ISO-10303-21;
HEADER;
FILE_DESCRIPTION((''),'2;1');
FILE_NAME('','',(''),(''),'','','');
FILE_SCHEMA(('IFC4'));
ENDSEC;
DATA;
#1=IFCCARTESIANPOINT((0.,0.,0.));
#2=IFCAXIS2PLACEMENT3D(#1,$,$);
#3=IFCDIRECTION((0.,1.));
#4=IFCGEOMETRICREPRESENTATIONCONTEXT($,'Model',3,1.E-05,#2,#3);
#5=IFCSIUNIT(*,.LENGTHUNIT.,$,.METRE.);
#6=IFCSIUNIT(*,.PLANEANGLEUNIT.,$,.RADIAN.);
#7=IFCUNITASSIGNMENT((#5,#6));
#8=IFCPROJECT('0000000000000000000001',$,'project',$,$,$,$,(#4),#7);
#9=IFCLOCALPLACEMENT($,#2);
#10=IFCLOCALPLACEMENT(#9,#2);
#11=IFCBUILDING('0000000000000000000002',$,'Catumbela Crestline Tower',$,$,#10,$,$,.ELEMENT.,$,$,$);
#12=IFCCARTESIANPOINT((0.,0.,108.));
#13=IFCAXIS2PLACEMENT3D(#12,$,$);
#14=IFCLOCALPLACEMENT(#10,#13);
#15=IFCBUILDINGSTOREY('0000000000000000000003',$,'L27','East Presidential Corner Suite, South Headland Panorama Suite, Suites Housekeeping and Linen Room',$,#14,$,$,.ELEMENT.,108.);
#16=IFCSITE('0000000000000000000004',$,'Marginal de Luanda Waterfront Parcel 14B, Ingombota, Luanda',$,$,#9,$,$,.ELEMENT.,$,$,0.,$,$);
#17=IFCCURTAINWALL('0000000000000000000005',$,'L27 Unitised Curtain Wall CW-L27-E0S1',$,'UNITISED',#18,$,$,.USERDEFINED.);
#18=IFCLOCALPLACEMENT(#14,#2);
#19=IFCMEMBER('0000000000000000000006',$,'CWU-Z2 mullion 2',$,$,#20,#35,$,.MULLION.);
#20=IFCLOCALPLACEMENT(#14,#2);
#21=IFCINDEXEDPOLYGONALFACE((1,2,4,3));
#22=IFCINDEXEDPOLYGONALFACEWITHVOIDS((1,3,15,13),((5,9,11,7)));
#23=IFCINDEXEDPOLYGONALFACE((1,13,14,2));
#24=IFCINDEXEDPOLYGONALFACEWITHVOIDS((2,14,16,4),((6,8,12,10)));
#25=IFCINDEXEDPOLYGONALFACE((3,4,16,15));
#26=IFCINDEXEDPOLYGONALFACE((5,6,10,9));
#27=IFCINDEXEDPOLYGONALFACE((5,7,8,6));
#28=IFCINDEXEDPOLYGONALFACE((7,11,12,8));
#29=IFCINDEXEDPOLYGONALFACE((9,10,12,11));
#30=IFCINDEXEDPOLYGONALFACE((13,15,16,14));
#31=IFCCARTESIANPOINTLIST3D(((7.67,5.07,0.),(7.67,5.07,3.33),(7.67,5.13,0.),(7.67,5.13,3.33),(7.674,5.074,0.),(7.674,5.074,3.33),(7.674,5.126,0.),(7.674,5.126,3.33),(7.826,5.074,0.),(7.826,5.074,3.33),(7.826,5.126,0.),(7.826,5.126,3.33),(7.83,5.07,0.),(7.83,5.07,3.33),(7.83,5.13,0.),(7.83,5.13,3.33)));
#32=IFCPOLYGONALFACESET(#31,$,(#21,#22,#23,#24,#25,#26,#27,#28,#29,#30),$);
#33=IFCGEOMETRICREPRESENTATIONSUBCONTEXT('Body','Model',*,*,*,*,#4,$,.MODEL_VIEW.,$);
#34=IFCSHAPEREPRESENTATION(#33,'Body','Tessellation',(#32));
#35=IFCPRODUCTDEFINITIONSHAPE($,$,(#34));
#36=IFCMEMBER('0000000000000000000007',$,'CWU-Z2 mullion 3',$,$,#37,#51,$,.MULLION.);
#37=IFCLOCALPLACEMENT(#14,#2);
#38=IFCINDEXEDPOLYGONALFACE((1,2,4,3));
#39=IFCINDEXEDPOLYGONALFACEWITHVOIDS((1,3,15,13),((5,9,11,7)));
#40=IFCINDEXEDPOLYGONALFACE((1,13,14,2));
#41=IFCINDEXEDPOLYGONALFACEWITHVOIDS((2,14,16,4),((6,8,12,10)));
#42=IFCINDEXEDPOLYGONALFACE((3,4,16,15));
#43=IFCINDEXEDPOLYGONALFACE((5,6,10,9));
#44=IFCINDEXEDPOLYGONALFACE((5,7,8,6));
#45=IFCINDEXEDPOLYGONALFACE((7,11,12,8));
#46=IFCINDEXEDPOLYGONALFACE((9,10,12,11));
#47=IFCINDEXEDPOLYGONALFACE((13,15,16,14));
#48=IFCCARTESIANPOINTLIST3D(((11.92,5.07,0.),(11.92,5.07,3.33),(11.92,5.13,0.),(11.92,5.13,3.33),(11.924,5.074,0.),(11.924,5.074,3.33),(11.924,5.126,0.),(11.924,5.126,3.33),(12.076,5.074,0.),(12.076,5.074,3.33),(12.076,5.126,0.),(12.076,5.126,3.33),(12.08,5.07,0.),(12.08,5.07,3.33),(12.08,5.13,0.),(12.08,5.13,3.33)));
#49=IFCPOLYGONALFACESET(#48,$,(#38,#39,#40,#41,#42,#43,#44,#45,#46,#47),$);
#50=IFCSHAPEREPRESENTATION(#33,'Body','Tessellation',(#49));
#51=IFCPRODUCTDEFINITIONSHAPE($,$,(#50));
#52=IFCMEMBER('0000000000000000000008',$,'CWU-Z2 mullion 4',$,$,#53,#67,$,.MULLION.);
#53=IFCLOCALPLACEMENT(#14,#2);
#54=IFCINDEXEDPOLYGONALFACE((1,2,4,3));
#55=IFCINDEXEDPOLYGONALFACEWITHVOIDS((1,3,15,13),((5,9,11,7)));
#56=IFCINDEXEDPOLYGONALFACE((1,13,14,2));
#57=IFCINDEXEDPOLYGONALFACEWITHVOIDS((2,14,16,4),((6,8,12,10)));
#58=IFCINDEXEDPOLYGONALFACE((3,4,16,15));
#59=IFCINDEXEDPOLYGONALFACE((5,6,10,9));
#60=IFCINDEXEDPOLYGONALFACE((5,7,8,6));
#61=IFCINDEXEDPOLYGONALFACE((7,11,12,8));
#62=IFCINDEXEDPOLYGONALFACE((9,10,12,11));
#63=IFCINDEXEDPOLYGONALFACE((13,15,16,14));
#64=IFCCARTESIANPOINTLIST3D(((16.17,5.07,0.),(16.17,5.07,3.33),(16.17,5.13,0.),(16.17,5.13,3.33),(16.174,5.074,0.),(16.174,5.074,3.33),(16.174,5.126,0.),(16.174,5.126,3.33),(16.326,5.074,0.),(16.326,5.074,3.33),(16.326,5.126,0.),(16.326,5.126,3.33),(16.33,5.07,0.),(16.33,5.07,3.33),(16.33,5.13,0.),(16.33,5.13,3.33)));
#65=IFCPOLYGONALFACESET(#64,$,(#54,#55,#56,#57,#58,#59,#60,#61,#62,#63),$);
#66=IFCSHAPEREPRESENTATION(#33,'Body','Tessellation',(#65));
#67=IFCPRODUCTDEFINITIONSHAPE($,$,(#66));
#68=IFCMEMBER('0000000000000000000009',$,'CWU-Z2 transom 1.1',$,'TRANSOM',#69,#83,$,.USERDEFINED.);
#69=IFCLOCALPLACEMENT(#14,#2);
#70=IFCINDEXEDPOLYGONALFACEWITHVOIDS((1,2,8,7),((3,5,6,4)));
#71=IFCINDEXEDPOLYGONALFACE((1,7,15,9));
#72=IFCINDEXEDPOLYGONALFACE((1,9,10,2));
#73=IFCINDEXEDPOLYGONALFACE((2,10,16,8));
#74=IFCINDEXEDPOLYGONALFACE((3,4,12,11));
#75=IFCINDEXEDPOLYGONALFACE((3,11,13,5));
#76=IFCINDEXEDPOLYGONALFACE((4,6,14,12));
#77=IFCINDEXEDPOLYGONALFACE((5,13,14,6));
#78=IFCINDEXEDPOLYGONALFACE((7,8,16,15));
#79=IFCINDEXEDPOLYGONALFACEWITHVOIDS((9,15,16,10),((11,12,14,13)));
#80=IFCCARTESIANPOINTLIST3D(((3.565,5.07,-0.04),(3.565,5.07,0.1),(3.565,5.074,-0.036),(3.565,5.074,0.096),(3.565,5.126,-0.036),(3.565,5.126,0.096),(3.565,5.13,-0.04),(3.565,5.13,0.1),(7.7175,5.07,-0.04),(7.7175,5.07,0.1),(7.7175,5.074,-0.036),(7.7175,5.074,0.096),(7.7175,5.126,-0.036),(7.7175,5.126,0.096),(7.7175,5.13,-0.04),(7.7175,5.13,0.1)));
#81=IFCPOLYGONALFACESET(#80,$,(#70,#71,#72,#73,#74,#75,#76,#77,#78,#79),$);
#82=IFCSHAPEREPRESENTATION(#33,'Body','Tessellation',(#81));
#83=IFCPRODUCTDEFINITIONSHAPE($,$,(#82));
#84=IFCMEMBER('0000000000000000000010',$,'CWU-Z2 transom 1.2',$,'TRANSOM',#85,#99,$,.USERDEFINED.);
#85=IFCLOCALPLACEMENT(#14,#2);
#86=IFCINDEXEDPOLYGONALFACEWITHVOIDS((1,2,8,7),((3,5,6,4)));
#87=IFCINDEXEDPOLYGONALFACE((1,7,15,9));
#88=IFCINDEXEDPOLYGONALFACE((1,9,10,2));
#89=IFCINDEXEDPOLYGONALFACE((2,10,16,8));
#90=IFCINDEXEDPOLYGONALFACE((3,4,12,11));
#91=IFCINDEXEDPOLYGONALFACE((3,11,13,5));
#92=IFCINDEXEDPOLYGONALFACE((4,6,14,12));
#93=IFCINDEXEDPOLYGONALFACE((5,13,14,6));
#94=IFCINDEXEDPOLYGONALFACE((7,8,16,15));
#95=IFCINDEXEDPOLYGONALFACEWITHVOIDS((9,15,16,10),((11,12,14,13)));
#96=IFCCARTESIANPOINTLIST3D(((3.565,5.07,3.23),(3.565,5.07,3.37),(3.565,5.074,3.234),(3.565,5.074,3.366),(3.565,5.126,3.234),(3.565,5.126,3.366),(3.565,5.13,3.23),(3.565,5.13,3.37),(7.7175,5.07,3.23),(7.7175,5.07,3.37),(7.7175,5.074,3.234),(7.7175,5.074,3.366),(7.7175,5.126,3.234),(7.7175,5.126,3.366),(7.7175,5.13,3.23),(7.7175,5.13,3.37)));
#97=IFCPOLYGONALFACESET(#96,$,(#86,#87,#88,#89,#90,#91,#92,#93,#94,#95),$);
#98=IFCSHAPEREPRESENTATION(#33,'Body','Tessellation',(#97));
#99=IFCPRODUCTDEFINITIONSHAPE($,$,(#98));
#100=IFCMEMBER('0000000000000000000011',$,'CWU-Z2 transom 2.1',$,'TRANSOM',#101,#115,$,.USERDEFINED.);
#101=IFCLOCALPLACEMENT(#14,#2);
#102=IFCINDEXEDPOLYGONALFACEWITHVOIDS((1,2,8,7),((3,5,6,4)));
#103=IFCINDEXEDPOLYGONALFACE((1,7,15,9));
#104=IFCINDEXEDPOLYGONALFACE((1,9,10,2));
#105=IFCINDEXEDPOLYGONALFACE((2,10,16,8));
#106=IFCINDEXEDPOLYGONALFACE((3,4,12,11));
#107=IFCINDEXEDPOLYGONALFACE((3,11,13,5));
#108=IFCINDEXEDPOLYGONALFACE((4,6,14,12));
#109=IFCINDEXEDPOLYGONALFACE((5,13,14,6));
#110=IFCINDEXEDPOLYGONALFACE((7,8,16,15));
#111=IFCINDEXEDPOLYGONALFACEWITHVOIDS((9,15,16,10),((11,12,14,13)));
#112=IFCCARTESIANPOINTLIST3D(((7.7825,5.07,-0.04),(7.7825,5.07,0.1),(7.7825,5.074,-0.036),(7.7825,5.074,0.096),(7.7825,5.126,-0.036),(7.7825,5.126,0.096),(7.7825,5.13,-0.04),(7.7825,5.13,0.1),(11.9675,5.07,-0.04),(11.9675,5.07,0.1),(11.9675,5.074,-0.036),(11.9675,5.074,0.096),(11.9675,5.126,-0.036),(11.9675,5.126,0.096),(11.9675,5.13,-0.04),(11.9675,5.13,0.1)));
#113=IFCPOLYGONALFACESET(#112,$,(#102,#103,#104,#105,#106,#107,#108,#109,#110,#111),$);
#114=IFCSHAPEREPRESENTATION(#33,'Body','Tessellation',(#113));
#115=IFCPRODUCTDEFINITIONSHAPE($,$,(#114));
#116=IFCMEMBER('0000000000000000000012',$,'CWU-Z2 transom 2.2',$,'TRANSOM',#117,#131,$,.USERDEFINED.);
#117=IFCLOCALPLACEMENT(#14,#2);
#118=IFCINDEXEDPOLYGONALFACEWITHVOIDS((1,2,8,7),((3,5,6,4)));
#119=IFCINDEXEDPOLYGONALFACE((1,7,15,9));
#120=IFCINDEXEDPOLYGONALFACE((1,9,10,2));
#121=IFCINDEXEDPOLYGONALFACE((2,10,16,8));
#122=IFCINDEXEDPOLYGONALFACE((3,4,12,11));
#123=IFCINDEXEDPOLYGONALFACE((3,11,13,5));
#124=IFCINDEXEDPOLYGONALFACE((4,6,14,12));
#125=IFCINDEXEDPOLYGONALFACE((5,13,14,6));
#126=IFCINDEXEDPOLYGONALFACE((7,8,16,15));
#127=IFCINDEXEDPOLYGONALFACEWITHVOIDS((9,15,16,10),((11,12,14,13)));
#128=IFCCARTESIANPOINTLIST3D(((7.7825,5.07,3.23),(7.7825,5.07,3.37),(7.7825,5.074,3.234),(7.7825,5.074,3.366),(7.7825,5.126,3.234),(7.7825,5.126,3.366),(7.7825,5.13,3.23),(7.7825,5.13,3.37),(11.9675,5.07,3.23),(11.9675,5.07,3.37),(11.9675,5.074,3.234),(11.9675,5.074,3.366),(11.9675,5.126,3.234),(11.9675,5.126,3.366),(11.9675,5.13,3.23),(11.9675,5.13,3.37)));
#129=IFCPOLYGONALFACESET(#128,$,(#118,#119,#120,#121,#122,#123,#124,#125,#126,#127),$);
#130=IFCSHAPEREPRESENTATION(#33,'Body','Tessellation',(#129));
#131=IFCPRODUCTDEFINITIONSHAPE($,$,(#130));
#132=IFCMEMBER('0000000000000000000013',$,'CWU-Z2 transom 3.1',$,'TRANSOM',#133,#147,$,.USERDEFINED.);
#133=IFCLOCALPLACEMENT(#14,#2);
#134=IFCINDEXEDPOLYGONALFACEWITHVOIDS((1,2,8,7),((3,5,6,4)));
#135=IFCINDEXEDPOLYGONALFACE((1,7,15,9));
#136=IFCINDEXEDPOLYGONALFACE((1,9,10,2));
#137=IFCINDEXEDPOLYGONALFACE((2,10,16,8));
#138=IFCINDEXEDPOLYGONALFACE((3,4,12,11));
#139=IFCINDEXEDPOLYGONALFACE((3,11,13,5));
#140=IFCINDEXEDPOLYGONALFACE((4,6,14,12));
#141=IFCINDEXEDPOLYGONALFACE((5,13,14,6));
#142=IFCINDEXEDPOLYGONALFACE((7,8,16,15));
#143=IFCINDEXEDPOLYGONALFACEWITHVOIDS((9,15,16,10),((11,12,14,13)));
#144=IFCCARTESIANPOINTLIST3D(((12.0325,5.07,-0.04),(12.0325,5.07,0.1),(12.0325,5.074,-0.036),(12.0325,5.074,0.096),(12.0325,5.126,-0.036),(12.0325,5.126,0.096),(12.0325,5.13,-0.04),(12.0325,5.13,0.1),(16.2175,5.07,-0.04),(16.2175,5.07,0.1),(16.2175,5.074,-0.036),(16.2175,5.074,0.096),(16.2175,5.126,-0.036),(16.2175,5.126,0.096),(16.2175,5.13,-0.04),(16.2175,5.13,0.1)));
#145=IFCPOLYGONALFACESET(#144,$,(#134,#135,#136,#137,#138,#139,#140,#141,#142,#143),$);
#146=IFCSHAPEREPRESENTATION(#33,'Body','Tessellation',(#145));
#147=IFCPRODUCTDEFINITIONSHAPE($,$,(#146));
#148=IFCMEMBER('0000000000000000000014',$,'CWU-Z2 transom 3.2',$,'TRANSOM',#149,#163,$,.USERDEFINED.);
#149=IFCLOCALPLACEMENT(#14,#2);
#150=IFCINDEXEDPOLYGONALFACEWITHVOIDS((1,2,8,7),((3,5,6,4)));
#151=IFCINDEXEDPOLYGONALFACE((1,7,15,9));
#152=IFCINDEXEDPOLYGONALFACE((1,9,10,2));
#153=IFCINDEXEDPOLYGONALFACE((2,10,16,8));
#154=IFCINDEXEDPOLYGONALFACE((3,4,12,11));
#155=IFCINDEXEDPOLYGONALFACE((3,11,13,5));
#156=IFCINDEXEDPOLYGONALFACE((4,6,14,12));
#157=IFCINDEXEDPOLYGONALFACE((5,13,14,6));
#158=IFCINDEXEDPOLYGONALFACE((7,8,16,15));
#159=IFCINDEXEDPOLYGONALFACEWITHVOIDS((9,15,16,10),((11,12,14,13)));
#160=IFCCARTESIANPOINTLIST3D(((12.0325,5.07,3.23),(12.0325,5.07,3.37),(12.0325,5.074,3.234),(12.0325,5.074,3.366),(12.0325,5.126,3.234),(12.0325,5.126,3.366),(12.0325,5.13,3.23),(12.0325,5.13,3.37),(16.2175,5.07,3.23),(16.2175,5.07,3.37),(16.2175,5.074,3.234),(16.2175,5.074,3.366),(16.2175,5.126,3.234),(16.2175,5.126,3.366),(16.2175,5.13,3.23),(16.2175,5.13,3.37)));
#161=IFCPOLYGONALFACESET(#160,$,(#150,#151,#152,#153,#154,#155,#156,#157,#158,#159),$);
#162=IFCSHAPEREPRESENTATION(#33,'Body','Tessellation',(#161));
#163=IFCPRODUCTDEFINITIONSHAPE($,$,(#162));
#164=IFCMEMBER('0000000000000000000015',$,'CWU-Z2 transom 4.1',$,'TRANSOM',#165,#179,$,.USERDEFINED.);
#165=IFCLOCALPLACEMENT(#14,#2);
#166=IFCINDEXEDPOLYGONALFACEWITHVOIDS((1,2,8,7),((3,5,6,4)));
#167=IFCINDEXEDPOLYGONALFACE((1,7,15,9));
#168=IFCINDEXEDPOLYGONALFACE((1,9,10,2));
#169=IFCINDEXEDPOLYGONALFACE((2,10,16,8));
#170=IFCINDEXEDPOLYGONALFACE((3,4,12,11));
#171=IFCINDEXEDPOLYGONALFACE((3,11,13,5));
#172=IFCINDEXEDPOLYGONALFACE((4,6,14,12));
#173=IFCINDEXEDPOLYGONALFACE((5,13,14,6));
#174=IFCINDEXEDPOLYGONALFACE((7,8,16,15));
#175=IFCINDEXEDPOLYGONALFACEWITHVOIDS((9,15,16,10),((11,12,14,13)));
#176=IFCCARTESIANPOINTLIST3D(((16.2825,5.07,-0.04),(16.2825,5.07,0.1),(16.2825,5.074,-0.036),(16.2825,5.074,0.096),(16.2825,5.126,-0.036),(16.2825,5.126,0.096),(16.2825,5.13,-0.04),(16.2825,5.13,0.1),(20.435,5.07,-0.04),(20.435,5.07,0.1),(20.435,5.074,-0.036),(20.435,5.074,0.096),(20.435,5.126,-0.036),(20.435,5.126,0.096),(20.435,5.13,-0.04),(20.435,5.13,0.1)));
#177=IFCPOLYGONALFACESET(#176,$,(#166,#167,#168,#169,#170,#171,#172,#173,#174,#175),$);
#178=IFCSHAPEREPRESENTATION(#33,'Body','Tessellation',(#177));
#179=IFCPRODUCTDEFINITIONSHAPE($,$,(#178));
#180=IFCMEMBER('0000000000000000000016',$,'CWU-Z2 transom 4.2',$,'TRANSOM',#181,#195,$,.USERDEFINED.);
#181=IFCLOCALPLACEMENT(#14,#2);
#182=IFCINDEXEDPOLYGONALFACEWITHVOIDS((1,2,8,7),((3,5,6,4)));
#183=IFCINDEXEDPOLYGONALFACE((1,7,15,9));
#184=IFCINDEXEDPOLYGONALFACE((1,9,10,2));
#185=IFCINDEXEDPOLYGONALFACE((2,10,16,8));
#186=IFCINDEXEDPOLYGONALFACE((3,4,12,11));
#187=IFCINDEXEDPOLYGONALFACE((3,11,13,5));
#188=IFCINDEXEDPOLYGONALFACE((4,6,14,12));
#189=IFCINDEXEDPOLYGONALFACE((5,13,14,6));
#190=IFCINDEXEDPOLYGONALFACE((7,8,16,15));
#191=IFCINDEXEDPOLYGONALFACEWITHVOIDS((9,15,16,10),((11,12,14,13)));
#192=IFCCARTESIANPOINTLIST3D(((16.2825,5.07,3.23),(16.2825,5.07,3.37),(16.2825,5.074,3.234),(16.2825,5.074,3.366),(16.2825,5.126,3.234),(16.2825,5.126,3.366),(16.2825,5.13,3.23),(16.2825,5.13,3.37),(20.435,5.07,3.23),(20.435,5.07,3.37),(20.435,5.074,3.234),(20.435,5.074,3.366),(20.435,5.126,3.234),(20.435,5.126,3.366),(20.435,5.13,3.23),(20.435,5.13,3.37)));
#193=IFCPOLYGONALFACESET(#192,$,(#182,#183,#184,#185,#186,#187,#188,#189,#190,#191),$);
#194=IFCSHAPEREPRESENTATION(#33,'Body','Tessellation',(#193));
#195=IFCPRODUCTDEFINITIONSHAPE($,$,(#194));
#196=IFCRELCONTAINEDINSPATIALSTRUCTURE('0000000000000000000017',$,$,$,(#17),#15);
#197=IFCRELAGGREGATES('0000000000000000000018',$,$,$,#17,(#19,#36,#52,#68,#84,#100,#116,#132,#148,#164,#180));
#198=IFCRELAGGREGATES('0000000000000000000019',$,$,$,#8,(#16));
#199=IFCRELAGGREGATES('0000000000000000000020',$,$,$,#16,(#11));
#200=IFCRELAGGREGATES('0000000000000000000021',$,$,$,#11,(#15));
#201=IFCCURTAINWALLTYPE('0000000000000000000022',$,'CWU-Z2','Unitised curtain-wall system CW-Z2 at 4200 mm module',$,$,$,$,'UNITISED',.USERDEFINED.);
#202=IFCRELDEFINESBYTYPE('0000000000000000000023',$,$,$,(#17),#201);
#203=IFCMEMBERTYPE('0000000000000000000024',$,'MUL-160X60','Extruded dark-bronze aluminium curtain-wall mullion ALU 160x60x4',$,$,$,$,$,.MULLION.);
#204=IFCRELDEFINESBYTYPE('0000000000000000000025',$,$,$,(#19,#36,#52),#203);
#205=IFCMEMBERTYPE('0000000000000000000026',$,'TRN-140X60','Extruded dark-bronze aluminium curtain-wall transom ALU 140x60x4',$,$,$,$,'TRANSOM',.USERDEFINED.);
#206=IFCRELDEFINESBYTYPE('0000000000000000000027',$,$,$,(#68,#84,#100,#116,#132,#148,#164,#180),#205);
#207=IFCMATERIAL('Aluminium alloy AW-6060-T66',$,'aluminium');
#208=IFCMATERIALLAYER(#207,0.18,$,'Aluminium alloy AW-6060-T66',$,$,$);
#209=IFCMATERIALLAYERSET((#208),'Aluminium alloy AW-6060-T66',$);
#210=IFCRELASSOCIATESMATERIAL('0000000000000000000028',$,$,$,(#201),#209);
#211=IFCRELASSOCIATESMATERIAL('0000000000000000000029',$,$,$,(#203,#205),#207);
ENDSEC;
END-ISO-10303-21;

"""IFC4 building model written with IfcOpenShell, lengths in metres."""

from ifc_helpers import new_model, si_unit, direction, frame, origin, origin_2d, place, context, subcontext, project, spatial, hollow_rectangle, extrude, material, layer, layer_set, material_profile, profile_set, type_object, element, aggregate, save


model = new_model("IFC4")

# Units and contexts
model_context = context("Model", 3, precision=1e-05, world=origin(), true_north=direction((0.0, 1.0)))
body_context = subcontext(model_context, "Body", "Model", "MODEL_VIEW")
ifc_project = project(units=[si_unit("LENGTHUNIT", "METRE"), si_unit("PLANEANGLEUNIT", "RADIAN")], contexts=[model_context])

# Site, building, storey
site_placement = place(None, origin())
site = spatial("IfcSite", under=ifc_project, at=site_placement, Name="Marginal de Luanda Waterfront Parcel 14B, Ingombota, Luanda", CompositionType="ELEMENT", RefElevation=0.0)
building_placement = place(site_placement, origin())
building = spatial("IfcBuilding", under=site, at=building_placement, Name="Catumbela Crestline Tower", CompositionType="ELEMENT")
storey_placement = place(building_placement, frame((0.0, 0.0, 108.0)))
storey = spatial("IfcBuildingStorey", under=building, at=storey_placement, Name="L27", Description="East Presidential Corner Suite, South Headland Panorama Suite, Suites Housekeeping and Linen Room", CompositionType="ELEMENT", Elevation=108.0)

# Curtain wall, members
ifc_material_1 = material(Name="Aluminium alloy AW-6060-T66", Category="aluminium")
ifc_layer_1 = layer(ifc_material_1, 0.18, Name="Aluminium alloy AW-6060-T66")
ifc_layer_set_1 = layer_set([ifc_layer_1], Name="Aluminium alloy AW-6060-T66")
curtain_wall_type = type_object("IfcCurtainWallType", Name="CWU-Z2", Description="Unitised curtain-wall system CW-Z2 at 4200 mm module", ElementType="UNITISED", PredefinedType="USERDEFINED", material=ifc_layer_set_1)
curtain_wall_placement = place(storey_placement, origin())
curtain_wall = element("IfcCurtainWall", 1, at=curtain_wall_placement, inside=storey, type_object=curtain_wall_type, Name="L27 Unitised Curtain Wall CW-L27-E0S1", ObjectType="UNITISED", PredefinedType="USERDEFINED")
ifc_material_profile_1 = material_profile(ifc_material_1, hollow_rectangle(XDim=0.06, YDim=0.16, WallThickness=0.004, at=origin_2d()), Name="ALU 160x60x4")
ifc_profile_set_1 = profile_set([ifc_material_profile_1], Name="Aluminium alloy AW-6060-T66")
member_type_1 = type_object("IfcMemberType", Name="MUL-160X60", Description="Extruded dark-bronze aluminium curtain-wall mullion ALU 160x60x4", PredefinedType="MULLION", material=ifc_profile_set_1)
member_1_placement = place(storey_placement, frame((7.75, 5.1, 0.0), z_axis=(0.0, 0.0, 1.0), x_axis=(0.0, 1.0, 0.0)))
member_1 = element("IfcMember", 2, at=member_1_placement, type_object=member_type_1, Name="CWU-Z2 mullion 2", PredefinedType="MULLION", context=body_context, shape_type="SweptSolid", body=[
    extrude(hollow_rectangle(XDim=0.06, YDim=0.16, WallThickness=0.004, at=origin_2d()), origin(), (0.0, 0.0, 1.0), 3.33),
])
member_2_placement = place(storey_placement, frame((12.0, 5.1, 0.0), z_axis=(0.0, 0.0, 1.0), x_axis=(0.0, 1.0, 0.0)))
member_2 = element("IfcMember", 3, at=member_2_placement, type_object=member_type_1, Name="CWU-Z2 mullion 3", PredefinedType="MULLION", context=body_context, shape_type="SweptSolid", body=[
    extrude(hollow_rectangle(XDim=0.06, YDim=0.16, WallThickness=0.004, at=origin_2d()), origin(), (0.0, 0.0, 1.0), 3.33),
])
member_3_placement = place(storey_placement, frame((16.25, 5.1, 0.0), z_axis=(0.0, 0.0, 1.0), x_axis=(0.0, 1.0, 0.0)))
member_3 = element("IfcMember", 4, at=member_3_placement, type_object=member_type_1, Name="CWU-Z2 mullion 4", PredefinedType="MULLION", context=body_context, shape_type="SweptSolid", body=[
    extrude(hollow_rectangle(XDim=0.06, YDim=0.16, WallThickness=0.004, at=origin_2d()), origin(), (0.0, 0.0, 1.0), 3.33),
])
ifc_material_profile_2 = material_profile(ifc_material_1, hollow_rectangle(XDim=0.06, YDim=0.14, WallThickness=0.004, at=origin_2d()), Name="ALU 140x60x4")
ifc_profile_set_2 = profile_set([ifc_material_profile_2], Name="Aluminium alloy AW-6060-T66")
member_type_2 = type_object("IfcMemberType", Name="TRN-140X60", Description="Extruded dark-bronze aluminium curtain-wall transom ALU 140x60x4", ElementType="TRANSOM", PredefinedType="USERDEFINED", material=ifc_profile_set_2)
member_4_placement = place(storey_placement, frame((3.565, 5.1, 0.03), z_axis=(1.0, 0.0, 0.0), x_axis=(0.0, 1.0, 0.0)))
member_4 = element("IfcMember", 5, at=member_4_placement, type_object=member_type_2, Name="CWU-Z2 transom 1.1", ObjectType="TRANSOM", PredefinedType="USERDEFINED", context=body_context, shape_type="SweptSolid", body=[
    extrude(hollow_rectangle(XDim=0.06, YDim=0.14, WallThickness=0.004, at=origin_2d()), origin(), (0.0, 0.0, 1.0), 4.1525),
])
member_5_placement = place(storey_placement, frame((3.565, 5.1, 3.3), z_axis=(1.0, 0.0, 0.0), x_axis=(0.0, 1.0, 0.0)))
member_5 = element("IfcMember", 6, at=member_5_placement, type_object=member_type_2, Name="CWU-Z2 transom 1.2", ObjectType="TRANSOM", PredefinedType="USERDEFINED", context=body_context, shape_type="SweptSolid", body=[
    extrude(hollow_rectangle(XDim=0.06, YDim=0.14, WallThickness=0.004, at=origin_2d()), origin(), (0.0, 0.0, 1.0), 4.1525),
])
member_6_placement = place(storey_placement, frame((7.7825, 5.1, 0.03), z_axis=(1.0, 0.0, 0.0), x_axis=(0.0, 1.0, 0.0)))
member_6 = element("IfcMember", 7, at=member_6_placement, type_object=member_type_2, Name="CWU-Z2 transom 2.1", ObjectType="TRANSOM", PredefinedType="USERDEFINED", context=body_context, shape_type="SweptSolid", body=[
    extrude(hollow_rectangle(XDim=0.06, YDim=0.14, WallThickness=0.004, at=origin_2d()), origin(), (0.0, 0.0, 1.0), 4.185),
])
member_7_placement = place(storey_placement, frame((7.7825, 5.1, 3.3), z_axis=(1.0, 0.0, 0.0), x_axis=(0.0, 1.0, 0.0)))
member_7 = element("IfcMember", 8, at=member_7_placement, type_object=member_type_2, Name="CWU-Z2 transom 2.2", ObjectType="TRANSOM", PredefinedType="USERDEFINED", context=body_context, shape_type="SweptSolid", body=[
    extrude(hollow_rectangle(XDim=0.06, YDim=0.14, WallThickness=0.004, at=origin_2d()), origin(), (0.0, 0.0, 1.0), 4.185),
])
member_8_placement = place(storey_placement, frame((12.0325, 5.1, 0.03), z_axis=(1.0, 0.0, 0.0), x_axis=(0.0, 1.0, 0.0)))
member_8 = element("IfcMember", 9, at=member_8_placement, type_object=member_type_2, Name="CWU-Z2 transom 3.1", ObjectType="TRANSOM", PredefinedType="USERDEFINED", context=body_context, shape_type="SweptSolid", body=[
    extrude(hollow_rectangle(XDim=0.06, YDim=0.14, WallThickness=0.004, at=origin_2d()), origin(), (0.0, 0.0, 1.0), 4.185),
])
member_9_placement = place(storey_placement, frame((12.0325, 5.1, 3.3), z_axis=(1.0, 0.0, 0.0), x_axis=(0.0, 1.0, 0.0)))
member_9 = element("IfcMember", 10, at=member_9_placement, type_object=member_type_2, Name="CWU-Z2 transom 3.2", ObjectType="TRANSOM", PredefinedType="USERDEFINED", context=body_context, shape_type="SweptSolid", body=[
    extrude(hollow_rectangle(XDim=0.06, YDim=0.14, WallThickness=0.004, at=origin_2d()), origin(), (0.0, 0.0, 1.0), 4.185),
])
member_10_placement = place(storey_placement, frame((16.2825, 5.1, 0.03), z_axis=(1.0, 0.0, 0.0), x_axis=(0.0, 1.0, 0.0)))
member_10 = element("IfcMember", 11, at=member_10_placement, type_object=member_type_2, Name="CWU-Z2 transom 4.1", ObjectType="TRANSOM", PredefinedType="USERDEFINED", context=body_context, shape_type="SweptSolid", body=[
    extrude(hollow_rectangle(XDim=0.06, YDim=0.14, WallThickness=0.004, at=origin_2d()), origin(), (0.0, 0.0, 1.0), 4.1525),
])
member_11_placement = place(storey_placement, frame((16.2825, 5.1, 3.3), z_axis=(1.0, 0.0, 0.0), x_axis=(0.0, 1.0, 0.0)))
member_11 = element("IfcMember", 12, at=member_11_placement, type_object=member_type_2, Name="CWU-Z2 transom 4.2", ObjectType="TRANSOM", PredefinedType="USERDEFINED", context=body_context, shape_type="SweptSolid", body=[
    extrude(hollow_rectangle(XDim=0.06, YDim=0.14, WallThickness=0.004, at=origin_2d()), origin(), (0.0, 0.0, 1.0), 4.1525),
])
aggregate(curtain_wall, [member_1, member_2, member_3, member_4, member_5, member_6, member_7, member_8, member_9, member_10, member_11])

save(model, "model.ifc")
